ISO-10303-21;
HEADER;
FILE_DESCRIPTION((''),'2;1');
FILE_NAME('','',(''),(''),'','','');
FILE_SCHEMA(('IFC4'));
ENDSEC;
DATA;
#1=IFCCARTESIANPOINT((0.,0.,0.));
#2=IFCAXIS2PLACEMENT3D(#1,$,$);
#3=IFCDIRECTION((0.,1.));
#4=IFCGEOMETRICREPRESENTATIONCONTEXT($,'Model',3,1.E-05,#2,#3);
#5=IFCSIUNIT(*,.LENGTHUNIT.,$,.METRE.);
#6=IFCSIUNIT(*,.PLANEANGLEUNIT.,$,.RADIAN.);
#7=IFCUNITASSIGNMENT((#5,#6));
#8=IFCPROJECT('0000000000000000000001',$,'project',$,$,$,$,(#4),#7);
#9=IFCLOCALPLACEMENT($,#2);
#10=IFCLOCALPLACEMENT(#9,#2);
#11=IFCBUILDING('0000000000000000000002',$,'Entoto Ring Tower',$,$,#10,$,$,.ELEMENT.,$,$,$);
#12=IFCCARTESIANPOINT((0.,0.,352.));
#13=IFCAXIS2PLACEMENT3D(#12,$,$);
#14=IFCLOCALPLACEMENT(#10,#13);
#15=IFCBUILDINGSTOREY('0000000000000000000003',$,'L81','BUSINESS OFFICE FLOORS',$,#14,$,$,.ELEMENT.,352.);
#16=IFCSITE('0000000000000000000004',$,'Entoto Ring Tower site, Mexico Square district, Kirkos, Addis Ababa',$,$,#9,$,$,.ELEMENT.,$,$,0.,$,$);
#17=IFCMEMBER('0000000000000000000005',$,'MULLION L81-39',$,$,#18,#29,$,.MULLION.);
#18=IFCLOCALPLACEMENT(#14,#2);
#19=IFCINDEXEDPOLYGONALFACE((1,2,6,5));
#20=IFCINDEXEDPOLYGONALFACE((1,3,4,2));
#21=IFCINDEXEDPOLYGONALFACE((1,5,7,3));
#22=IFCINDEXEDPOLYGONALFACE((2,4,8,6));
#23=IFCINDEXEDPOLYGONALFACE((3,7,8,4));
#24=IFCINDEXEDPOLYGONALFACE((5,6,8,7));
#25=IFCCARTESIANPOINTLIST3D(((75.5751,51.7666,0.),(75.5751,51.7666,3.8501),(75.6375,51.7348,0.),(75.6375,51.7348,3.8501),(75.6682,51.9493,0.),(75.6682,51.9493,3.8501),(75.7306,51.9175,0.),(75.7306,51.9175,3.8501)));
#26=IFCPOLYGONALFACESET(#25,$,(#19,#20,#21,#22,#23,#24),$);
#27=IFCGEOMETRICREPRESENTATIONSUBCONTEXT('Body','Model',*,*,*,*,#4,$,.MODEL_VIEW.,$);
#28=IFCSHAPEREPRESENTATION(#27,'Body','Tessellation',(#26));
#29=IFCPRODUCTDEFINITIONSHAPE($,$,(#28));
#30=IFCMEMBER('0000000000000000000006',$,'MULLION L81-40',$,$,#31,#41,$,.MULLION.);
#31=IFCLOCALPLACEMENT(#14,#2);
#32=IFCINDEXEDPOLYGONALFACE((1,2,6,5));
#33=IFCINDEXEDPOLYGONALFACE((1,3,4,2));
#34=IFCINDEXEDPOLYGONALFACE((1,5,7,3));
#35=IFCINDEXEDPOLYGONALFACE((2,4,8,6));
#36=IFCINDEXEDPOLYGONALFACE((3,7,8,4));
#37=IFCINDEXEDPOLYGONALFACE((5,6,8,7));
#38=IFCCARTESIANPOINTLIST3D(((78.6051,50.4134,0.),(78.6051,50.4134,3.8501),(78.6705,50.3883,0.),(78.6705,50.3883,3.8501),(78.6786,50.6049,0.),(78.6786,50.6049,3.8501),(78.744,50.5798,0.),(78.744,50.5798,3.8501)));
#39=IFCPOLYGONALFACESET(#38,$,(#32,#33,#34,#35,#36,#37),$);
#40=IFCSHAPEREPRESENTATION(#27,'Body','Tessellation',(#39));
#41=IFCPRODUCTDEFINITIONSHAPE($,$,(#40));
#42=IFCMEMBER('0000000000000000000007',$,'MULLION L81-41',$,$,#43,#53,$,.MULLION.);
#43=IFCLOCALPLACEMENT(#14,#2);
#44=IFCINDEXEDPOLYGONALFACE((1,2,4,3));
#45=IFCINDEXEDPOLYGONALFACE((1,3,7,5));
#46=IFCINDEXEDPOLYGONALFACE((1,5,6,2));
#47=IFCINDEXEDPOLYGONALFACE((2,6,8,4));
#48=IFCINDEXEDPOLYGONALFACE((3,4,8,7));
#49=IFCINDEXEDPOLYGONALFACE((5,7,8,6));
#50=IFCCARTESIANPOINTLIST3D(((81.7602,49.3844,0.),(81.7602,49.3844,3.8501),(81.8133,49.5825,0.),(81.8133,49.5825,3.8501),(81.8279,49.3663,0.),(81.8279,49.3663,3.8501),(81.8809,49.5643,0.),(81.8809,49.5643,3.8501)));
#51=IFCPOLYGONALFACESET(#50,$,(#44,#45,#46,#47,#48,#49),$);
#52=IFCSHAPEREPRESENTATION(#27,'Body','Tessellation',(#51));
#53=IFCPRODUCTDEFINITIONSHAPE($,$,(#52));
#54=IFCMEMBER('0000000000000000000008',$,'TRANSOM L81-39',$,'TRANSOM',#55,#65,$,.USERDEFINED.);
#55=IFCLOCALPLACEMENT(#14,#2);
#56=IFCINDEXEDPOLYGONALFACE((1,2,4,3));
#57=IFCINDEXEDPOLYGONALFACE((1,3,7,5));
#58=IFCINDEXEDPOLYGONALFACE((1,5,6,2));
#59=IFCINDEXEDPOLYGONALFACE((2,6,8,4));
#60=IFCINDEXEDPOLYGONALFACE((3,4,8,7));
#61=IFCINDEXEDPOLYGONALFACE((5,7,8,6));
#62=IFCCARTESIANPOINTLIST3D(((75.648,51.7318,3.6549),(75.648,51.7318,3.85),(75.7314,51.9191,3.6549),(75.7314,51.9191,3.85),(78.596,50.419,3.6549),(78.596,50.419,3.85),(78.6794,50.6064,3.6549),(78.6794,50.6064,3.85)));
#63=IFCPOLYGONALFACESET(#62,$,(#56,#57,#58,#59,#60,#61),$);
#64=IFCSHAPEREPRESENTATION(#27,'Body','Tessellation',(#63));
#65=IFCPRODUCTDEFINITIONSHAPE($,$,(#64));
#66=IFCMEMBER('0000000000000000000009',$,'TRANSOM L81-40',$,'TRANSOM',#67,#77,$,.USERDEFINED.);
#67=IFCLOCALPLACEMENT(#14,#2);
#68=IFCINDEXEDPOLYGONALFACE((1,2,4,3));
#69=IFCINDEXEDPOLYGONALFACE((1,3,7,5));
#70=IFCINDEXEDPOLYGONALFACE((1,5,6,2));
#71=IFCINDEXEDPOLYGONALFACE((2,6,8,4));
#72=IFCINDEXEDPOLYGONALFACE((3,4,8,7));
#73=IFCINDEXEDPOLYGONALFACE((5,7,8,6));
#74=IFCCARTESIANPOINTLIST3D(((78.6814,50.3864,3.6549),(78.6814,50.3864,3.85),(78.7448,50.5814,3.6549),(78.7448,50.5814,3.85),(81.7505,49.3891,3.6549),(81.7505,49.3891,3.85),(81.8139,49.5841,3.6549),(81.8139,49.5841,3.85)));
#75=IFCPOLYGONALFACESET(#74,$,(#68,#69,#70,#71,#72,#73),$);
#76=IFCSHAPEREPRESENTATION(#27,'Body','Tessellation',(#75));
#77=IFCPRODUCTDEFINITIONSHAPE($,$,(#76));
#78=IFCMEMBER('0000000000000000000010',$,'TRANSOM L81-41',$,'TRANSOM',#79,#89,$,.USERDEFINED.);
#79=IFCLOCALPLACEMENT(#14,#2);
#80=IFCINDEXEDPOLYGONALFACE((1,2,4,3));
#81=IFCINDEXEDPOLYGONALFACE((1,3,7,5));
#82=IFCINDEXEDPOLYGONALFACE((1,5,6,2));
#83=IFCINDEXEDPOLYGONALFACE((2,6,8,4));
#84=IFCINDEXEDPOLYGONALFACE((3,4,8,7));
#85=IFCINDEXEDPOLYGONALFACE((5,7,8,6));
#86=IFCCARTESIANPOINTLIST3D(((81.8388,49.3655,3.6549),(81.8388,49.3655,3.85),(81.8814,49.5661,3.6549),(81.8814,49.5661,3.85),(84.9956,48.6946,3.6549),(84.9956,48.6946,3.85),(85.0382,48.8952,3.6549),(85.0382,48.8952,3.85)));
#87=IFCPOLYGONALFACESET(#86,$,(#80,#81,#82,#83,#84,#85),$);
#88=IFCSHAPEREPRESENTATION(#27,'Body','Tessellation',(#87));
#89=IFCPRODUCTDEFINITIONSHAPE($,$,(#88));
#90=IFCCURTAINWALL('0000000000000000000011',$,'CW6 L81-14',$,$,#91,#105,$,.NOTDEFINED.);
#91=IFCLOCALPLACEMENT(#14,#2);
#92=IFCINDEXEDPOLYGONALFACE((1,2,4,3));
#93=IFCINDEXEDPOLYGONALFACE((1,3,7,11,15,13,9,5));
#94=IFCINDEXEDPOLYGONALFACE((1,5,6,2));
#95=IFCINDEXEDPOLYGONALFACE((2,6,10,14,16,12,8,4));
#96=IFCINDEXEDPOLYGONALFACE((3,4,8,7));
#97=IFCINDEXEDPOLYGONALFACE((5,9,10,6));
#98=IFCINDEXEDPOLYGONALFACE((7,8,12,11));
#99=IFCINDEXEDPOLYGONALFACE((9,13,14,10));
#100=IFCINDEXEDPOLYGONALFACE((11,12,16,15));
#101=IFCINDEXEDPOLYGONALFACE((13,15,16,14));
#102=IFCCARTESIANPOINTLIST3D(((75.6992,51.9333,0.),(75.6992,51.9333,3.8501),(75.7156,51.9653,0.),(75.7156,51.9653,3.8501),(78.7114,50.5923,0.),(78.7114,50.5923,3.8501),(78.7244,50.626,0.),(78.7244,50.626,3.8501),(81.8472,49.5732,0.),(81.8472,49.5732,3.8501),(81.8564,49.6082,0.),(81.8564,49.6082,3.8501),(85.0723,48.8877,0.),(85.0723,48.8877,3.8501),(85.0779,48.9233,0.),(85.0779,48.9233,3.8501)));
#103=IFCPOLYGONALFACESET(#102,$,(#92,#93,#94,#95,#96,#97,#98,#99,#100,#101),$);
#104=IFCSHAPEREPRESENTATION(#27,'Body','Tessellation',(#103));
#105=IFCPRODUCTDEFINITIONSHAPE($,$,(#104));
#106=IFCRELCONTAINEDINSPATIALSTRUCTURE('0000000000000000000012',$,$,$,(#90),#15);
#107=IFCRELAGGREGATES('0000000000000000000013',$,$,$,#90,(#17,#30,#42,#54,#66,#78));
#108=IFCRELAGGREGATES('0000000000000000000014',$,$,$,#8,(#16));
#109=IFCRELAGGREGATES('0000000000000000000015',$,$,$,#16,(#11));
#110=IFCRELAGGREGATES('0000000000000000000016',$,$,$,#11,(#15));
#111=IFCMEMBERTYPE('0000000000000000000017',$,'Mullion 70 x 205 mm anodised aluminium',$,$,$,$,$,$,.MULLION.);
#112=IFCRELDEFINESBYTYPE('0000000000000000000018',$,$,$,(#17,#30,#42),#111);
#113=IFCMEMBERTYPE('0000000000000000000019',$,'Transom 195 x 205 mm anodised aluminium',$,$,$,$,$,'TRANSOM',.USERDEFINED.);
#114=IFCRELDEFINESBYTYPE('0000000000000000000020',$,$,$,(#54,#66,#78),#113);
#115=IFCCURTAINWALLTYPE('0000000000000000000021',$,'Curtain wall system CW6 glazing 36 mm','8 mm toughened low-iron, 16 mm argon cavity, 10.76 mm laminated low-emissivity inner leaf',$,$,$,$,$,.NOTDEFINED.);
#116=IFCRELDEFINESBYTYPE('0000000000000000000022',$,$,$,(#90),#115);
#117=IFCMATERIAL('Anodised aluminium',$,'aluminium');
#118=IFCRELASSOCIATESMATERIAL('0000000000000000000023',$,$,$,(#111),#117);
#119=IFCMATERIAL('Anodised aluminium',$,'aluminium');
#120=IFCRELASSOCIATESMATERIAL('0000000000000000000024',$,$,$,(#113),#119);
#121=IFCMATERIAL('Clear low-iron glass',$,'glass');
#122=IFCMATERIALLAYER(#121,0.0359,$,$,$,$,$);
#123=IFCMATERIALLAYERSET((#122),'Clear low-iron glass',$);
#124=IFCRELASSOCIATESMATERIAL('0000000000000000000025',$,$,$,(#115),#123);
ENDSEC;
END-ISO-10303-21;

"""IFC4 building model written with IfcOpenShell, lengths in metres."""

from ifc_helpers import new_model, si_unit, direction, frame, origin, origin_2d, place, context, subcontext, project, spatial, polyline, rectangle, outline, extrude, material, layer, layer_set, material_profile, profile_set, type_object, element, aggregate, save


model = new_model("IFC4")

# Units and contexts
model_context = context("Model", 3, precision=1e-05, world=origin(), true_north=direction((0.0, 1.0)))
body_context = subcontext(model_context, "Body", "Model", "MODEL_VIEW")
ifc_project = project(units=[si_unit("LENGTHUNIT", "METRE"), si_unit("PLANEANGLEUNIT", "RADIAN")], contexts=[model_context])

# Members
ifc_material_1 = material(Name="Anodised aluminium", Category="aluminium")
ifc_material_profile_1 = material_profile(ifc_material_1, rectangle(XDim=0.0701, YDim=0.2051, at=origin_2d()), Name="Mullion 70 x 205 mm anodised aluminium")
ifc_profile_set_1 = profile_set([ifc_material_profile_1], Name="Anodised aluminium")
member_type_1 = type_object("IfcMemberType", Name="Mullion 70 x 205 mm anodised aluminium", PredefinedType="MULLION", material=ifc_profile_set_1)
site_placement = place(None, origin())
building_placement = place(site_placement, origin())
storey_placement = place(building_placement, frame((0.0, 0.0, 352.0)))
member_1_placement = place(storey_placement, frame((75.6528, 51.842, 0.0), z_axis=(0.0, 0.0, 1.0), x_axis=(0.891007, -0.45399, 0.0)))
member_1 = element("IfcMember", 1, at=member_1_placement, type_object=member_type_1, Name="MULLION L81-39", PredefinedType="MULLION", context=body_context, shape_type="SweptSolid", body=[
    extrude(rectangle(XDim=0.0701, YDim=0.2051, at=origin_2d()), origin(), (0.0, 0.0, 1.0), 3.8501),
])
member_2_placement = place(storey_placement, frame((78.6746, 50.4966, 0.0), z_axis=(0.0, 0.0, 1.0), x_axis=(0.93358, -0.358368, 0.0)))
member_2 = element("IfcMember", 2, at=member_2_placement, type_object=member_type_1, Name="MULLION L81-40", PredefinedType="MULLION", context=body_context, shape_type="SweptSolid", body=[
    extrude(rectangle(XDim=0.0701, YDim=0.2051, at=origin_2d()), origin(), (0.0, 0.0, 1.0), 3.8501),
])
member_3_placement = place(storey_placement, frame((81.8206, 49.4744, 0.0), z_axis=(0.0, 0.0, 1.0), x_axis=(0.965926, -0.258819, 0.0)))
member_3 = element("IfcMember", 3, at=member_3_placement, type_object=member_type_1, Name="MULLION L81-41", PredefinedType="MULLION", context=body_context, shape_type="SweptSolid", body=[
    extrude(rectangle(XDim=0.0701, YDim=0.2051, at=origin_2d()), origin(), (0.0, 0.0, 1.0), 3.8501),
])
ifc_material_2 = material(Name="Anodised aluminium", Category="aluminium")
ifc_material_profile_2 = material_profile(ifc_material_2, rectangle(XDim=0.2051, YDim=0.1951, at=origin_2d()), Name="Transom 195 x 205 mm anodised aluminium")
ifc_profile_set_2 = profile_set([ifc_material_profile_2], Name="Anodised aluminium")
member_type_2 = type_object("IfcMemberType", Name="Transom 195 x 205 mm anodised aluminium", ElementType="TRANSOM", PredefinedType="USERDEFINED", material=ifc_profile_set_2)
member_4_placement = place(storey_placement, frame((75.6897, 51.8254, 3.7524), z_axis=(0.913521, -0.406791, 0.0), x_axis=(0.406791, 0.913521, 0.0)))
member_4 = element("IfcMember", 4, at=member_4_placement, type_object=member_type_2, Name="TRANSOM L81-39", ObjectType="TRANSOM", PredefinedType="USERDEFINED", context=body_context, shape_type="SweptSolid", body=[
    extrude(rectangle(XDim=0.2051, YDim=0.1951, at=origin_2d()), origin(), (0.0, 0.0, 1.0), 3.2271),
])
member_5_placement = place(storey_placement, frame((78.7131, 50.4839, 3.7524), z_axis=(0.951047, -0.309047, 0.0), x_axis=(0.309047, 0.951047, 0.0)))
member_5 = element("IfcMember", 5, at=member_5_placement, type_object=member_type_2, Name="TRANSOM L81-40", ObjectType="TRANSOM", PredefinedType="USERDEFINED", context=body_context, shape_type="SweptSolid", body=[
    extrude(rectangle(XDim=0.2051, YDim=0.1951, at=origin_2d()), origin(), (0.0, 0.0, 1.0), 3.2271),
])
member_6_placement = place(storey_placement, frame((81.8601, 49.4658, 3.7524), z_axis=(0.978153, -0.207886, 0.0), x_axis=(0.207886, 0.978153, 0.0)))
member_6 = element("IfcMember", 6, at=member_6_placement, type_object=member_type_2, Name="TRANSOM L81-41", ObjectType="TRANSOM", PredefinedType="USERDEFINED", context=body_context, shape_type="SweptSolid", body=[
    extrude(rectangle(XDim=0.2051, YDim=0.1951, at=origin_2d()), origin(), (0.0, 0.0, 1.0), 3.2273),
])

# Site, building, storey
site = spatial("IfcSite", under=ifc_project, at=site_placement, Name="Entoto Ring Tower site, Mexico Square district, Kirkos, Addis Ababa", CompositionType="ELEMENT", RefElevation=0.0)
building = spatial("IfcBuilding", under=site, at=building_placement, Name="Entoto Ring Tower", CompositionType="ELEMENT")
storey = spatial("IfcBuildingStorey", under=building, at=storey_placement, Name="L81", Description="BUSINESS OFFICE FLOORS", CompositionType="ELEMENT", Elevation=352.0)

# Curtain wall
ifc_material_3 = material(Name="Clear low-iron glass", Category="glass")
ifc_layer = layer(ifc_material_3, 0.0359)
ifc_layer_set = layer_set([ifc_layer], Name="Clear low-iron glass")
curtain_wall_type = type_object("IfcCurtainWallType", Name="Curtain wall system CW6 glazing 36 mm", Description="8 mm toughened low-iron, 16 mm argon cavity, 10.76 mm laminated low-emissivity inner leaf", PredefinedType="NOTDEFINED", material=ifc_layer_set)
curtain_wall_1_placement = place(storey_placement, origin())
curtain_wall_1 = element("IfcCurtainWall", 7, at=curtain_wall_1_placement, inside=storey, type_object=curtain_wall_type, Name="CW6 L81-14", PredefinedType="NOTDEFINED", context=body_context, shape_type="SweptSolid", body=[
    extrude(outline(polyline([(75.6992, 51.9333), (78.7114, 50.5923), (81.8472, 49.5732), (85.0723, 48.8877), (85.0779, 48.9233), (81.8564, 49.6082), (78.7244, 50.626), (75.7156, 51.9653), (75.6992, 51.9333)])), origin(), (0.0, 0.0, 1.0), 3.8501),
])
aggregate(curtain_wall_1, [member_1, member_2, member_3, member_4, member_5, member_6])

save(model, "model.ifc")
